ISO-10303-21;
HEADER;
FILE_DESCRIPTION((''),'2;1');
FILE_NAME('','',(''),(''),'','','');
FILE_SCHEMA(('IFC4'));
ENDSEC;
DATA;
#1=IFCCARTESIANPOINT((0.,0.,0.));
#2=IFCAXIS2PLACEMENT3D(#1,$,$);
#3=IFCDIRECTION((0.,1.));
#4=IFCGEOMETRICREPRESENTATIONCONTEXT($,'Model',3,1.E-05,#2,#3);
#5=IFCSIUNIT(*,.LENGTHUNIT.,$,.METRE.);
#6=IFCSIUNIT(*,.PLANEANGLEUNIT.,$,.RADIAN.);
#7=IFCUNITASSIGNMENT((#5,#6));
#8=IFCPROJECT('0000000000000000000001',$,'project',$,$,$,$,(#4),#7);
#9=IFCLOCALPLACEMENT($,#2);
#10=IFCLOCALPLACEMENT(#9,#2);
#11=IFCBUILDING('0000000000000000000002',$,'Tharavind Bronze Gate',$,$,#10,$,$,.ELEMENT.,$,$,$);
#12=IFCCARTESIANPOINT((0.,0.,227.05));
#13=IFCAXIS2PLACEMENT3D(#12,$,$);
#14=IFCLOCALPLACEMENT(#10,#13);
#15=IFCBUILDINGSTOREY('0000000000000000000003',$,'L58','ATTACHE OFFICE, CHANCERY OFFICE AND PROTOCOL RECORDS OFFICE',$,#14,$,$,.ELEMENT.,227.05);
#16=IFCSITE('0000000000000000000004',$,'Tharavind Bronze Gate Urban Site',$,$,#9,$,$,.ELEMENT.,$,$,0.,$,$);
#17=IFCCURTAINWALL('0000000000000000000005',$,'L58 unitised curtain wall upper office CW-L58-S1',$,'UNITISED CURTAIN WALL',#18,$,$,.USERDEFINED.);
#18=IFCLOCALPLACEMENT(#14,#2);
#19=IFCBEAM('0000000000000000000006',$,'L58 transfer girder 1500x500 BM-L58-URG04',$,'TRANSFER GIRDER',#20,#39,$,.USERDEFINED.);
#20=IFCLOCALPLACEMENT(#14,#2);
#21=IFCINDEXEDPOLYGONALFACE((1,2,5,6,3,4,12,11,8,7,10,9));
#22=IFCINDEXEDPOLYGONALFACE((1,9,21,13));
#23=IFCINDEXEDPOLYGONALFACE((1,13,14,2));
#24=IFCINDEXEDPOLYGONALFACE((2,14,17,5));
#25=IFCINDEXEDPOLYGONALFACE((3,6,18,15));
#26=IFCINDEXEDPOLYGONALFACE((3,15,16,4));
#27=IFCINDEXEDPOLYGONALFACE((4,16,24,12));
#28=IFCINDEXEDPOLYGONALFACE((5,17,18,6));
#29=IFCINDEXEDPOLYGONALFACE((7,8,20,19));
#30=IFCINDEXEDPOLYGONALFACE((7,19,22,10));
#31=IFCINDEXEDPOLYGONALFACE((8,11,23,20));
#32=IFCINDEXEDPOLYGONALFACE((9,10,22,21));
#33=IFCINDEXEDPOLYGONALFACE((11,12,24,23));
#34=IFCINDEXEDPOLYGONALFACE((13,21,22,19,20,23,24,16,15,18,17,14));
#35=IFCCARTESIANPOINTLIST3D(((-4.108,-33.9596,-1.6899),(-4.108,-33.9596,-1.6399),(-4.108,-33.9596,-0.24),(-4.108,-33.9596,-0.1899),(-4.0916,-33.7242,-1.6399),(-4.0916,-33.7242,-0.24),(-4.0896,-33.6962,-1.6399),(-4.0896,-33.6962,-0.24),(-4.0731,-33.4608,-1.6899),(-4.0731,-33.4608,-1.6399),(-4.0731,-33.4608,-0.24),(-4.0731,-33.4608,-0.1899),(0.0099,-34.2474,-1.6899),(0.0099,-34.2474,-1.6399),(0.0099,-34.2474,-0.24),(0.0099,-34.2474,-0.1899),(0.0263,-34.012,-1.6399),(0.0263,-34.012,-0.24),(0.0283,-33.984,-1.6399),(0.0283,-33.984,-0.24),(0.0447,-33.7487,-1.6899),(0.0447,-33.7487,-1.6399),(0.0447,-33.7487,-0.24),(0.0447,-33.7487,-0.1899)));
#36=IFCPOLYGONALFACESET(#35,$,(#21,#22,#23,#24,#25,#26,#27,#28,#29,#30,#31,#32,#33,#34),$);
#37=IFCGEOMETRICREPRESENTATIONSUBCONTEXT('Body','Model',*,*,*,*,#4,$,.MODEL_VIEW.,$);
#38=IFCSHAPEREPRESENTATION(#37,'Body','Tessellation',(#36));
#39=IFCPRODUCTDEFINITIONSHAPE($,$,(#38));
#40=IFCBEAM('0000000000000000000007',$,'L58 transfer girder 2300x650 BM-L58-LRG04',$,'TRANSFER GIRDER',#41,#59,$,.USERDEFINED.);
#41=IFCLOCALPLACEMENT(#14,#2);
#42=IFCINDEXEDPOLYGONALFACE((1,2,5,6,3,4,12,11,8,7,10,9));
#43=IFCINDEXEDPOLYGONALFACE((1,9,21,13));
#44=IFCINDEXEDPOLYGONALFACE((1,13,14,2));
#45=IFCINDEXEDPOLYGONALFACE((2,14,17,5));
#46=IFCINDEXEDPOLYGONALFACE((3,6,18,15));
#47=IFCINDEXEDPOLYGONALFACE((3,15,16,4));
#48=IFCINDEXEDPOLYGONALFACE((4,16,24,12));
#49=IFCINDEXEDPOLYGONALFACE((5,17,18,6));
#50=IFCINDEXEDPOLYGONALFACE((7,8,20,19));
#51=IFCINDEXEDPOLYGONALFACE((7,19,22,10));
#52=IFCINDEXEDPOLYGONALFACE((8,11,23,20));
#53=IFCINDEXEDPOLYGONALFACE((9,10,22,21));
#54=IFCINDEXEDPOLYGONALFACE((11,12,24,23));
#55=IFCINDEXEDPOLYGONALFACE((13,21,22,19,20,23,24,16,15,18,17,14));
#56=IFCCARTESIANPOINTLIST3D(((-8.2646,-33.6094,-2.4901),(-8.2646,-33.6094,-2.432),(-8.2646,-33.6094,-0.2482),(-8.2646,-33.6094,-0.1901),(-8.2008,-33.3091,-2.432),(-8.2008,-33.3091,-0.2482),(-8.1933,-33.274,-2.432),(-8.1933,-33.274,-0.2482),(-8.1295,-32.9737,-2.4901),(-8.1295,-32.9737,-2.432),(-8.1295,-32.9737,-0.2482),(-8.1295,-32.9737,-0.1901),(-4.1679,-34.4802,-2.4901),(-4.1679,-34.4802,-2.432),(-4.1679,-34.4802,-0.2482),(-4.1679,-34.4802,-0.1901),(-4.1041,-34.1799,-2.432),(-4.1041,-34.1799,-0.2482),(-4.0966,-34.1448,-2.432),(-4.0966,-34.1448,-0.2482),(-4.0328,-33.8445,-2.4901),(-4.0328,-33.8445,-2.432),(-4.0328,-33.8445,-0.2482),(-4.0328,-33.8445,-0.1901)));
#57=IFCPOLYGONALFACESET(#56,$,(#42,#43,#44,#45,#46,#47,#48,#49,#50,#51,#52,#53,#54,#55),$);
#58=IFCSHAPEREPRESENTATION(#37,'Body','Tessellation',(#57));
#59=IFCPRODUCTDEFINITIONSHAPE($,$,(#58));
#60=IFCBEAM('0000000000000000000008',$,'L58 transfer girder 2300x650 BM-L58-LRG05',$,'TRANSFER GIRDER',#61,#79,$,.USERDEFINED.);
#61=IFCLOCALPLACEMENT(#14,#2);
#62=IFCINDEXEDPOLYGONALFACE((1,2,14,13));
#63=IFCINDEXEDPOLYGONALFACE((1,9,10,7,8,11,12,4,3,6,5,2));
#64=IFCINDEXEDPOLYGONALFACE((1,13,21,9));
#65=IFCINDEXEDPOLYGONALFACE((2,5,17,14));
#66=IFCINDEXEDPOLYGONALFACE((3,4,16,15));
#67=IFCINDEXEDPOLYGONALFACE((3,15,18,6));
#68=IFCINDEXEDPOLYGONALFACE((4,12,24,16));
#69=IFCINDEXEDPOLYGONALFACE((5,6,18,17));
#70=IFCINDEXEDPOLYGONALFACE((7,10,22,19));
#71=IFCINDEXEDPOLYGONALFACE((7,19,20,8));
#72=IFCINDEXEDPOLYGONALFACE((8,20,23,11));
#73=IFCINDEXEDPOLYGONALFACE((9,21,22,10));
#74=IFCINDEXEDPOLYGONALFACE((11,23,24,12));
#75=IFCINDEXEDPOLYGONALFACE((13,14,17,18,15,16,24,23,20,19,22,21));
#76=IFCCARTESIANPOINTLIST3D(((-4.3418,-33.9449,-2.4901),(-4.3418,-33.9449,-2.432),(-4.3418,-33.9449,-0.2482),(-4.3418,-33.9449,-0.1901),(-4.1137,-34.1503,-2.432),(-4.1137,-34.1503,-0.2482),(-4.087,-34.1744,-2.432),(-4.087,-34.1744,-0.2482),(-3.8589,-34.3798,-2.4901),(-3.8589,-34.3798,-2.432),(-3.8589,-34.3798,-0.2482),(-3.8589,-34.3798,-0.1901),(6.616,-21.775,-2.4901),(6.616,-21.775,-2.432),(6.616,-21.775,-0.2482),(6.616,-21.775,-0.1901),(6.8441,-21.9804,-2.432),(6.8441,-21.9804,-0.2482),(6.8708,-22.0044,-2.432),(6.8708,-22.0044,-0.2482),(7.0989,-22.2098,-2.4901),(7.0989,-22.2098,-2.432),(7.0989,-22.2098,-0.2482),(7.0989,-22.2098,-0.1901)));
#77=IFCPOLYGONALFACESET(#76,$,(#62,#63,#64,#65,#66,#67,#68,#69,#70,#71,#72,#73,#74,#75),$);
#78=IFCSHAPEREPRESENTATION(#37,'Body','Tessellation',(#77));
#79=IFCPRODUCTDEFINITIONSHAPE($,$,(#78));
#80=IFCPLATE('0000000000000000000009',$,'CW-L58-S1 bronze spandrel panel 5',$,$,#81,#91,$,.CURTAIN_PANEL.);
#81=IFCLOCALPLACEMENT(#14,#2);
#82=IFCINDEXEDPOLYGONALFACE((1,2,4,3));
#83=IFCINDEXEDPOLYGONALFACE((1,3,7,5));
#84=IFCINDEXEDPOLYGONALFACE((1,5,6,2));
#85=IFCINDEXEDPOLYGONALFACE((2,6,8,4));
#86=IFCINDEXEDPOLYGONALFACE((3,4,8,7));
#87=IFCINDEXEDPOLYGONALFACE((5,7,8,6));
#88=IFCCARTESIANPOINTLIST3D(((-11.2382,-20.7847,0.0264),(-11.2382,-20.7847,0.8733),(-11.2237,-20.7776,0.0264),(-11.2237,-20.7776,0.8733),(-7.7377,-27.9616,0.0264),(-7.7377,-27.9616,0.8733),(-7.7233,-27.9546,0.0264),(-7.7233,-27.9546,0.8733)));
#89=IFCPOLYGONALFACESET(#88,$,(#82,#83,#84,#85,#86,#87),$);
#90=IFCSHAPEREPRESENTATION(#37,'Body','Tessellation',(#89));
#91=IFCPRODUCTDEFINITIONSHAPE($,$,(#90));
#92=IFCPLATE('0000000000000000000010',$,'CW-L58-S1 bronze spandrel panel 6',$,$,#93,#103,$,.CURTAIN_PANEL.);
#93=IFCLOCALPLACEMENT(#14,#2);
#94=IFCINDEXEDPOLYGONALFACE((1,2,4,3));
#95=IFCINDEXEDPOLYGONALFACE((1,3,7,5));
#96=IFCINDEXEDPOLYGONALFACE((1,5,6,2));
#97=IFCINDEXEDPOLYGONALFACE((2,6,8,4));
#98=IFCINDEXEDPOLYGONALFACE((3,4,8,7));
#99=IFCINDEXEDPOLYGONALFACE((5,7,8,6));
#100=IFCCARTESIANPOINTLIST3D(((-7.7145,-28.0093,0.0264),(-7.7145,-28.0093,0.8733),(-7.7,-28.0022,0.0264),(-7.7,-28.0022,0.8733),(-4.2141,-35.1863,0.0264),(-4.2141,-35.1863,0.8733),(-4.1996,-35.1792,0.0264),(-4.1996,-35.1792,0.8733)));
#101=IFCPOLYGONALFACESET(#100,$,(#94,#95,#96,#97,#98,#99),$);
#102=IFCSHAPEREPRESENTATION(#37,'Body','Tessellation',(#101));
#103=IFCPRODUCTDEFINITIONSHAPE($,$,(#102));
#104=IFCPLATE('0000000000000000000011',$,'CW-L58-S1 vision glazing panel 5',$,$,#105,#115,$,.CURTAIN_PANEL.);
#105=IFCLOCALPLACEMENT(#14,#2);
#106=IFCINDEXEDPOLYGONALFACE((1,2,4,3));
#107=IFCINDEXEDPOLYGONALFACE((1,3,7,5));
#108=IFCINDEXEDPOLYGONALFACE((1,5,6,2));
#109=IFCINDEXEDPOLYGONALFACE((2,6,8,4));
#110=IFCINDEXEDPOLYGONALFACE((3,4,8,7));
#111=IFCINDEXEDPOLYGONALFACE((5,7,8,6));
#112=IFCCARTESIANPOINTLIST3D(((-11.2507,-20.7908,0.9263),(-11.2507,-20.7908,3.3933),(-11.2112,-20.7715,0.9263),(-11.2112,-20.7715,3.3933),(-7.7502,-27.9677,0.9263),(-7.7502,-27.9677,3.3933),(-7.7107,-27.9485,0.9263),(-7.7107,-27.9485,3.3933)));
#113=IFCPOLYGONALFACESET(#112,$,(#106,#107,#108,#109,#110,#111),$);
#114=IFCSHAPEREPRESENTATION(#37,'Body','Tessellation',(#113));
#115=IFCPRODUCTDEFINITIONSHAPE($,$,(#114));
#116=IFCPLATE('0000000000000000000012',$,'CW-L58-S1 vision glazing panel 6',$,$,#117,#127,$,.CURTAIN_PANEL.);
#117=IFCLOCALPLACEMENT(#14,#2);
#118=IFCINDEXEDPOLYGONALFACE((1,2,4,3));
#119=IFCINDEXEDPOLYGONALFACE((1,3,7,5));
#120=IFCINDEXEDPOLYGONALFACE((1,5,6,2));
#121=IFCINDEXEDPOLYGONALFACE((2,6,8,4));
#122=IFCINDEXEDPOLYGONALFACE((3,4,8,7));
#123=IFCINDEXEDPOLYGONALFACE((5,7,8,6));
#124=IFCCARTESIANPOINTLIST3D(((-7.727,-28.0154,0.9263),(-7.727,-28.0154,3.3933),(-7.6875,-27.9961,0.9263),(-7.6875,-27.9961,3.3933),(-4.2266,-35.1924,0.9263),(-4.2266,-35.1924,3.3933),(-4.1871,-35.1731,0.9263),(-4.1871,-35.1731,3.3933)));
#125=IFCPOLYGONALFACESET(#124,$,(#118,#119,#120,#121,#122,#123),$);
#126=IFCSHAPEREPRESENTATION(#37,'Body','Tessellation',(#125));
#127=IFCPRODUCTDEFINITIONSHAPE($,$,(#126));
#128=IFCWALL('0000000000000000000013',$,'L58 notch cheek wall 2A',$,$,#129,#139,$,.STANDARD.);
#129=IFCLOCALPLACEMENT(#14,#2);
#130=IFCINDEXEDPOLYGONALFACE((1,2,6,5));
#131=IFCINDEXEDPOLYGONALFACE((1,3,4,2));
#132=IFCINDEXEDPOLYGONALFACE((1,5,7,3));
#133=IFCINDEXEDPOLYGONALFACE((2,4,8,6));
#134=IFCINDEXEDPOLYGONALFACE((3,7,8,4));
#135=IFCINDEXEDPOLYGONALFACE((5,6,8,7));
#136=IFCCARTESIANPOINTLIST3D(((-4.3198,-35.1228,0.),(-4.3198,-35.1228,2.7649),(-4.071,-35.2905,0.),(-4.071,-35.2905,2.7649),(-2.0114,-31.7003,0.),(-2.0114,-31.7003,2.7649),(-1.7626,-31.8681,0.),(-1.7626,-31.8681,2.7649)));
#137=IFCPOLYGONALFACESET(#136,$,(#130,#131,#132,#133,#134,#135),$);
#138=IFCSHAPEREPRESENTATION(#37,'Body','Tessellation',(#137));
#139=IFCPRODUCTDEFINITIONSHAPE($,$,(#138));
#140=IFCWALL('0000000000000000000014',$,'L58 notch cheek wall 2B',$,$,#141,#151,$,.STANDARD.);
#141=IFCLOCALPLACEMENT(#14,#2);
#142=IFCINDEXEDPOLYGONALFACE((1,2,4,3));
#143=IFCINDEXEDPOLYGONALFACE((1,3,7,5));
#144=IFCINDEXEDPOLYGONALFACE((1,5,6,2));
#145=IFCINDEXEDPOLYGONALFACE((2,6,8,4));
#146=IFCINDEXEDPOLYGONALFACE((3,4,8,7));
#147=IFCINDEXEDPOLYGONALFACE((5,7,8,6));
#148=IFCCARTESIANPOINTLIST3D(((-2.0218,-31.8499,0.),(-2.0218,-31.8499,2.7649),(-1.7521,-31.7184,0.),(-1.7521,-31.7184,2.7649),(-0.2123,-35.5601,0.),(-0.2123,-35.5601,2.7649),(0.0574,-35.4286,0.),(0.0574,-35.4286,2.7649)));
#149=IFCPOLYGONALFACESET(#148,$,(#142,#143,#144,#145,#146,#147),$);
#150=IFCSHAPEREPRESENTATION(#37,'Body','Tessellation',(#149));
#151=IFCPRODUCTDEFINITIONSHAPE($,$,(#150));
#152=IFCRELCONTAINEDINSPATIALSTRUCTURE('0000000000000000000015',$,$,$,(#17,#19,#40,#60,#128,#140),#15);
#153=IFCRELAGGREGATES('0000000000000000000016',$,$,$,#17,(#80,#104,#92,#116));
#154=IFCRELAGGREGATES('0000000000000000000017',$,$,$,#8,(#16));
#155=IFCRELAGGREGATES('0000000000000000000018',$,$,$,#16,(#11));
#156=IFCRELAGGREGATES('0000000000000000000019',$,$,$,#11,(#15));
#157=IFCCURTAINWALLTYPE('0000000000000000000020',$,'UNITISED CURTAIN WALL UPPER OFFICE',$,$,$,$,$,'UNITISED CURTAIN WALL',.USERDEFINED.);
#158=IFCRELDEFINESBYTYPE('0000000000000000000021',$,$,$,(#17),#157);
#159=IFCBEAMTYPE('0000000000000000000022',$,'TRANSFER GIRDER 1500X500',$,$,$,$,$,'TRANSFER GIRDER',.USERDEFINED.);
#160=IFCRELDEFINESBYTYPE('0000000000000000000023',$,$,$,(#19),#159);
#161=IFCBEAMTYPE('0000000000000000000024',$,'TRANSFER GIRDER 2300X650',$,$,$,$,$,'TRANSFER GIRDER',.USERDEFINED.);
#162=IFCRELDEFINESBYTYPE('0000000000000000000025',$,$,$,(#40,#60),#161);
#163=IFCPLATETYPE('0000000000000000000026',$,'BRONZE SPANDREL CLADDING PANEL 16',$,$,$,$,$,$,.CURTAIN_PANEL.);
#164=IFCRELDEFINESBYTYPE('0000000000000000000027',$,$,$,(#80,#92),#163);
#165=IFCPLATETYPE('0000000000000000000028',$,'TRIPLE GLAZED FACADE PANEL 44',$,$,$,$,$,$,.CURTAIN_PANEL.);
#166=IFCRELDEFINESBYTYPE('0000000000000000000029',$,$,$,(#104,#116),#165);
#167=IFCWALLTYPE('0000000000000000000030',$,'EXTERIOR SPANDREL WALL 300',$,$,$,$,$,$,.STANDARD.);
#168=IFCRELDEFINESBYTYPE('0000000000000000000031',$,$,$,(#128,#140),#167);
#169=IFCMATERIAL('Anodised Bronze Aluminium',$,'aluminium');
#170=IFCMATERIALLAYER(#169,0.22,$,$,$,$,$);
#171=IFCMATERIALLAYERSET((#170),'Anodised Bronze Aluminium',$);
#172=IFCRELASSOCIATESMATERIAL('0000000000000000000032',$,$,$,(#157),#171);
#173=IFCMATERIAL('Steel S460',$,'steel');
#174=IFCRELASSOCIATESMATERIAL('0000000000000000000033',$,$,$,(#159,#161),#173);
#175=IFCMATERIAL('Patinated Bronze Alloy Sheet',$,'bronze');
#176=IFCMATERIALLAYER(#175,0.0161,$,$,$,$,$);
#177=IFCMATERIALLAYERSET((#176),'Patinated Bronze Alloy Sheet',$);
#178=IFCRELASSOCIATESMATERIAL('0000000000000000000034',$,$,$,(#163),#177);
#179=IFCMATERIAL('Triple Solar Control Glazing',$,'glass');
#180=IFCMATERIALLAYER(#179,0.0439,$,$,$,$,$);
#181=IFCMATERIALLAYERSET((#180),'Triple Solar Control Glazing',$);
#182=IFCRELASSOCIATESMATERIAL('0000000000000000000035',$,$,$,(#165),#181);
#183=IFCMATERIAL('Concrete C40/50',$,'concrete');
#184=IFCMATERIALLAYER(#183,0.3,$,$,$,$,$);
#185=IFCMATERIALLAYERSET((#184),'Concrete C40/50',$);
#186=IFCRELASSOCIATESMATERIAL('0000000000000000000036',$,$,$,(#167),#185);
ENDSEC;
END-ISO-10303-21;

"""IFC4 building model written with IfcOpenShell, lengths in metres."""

from ifc_helpers import new_model, si_unit, direction, frame, frame_2d, origin, origin_2d, place, context, subcontext, project, spatial, rectangle, i_section, extrude, material, layer, layer_set, material_profile, profile_set, type_object, element, aggregate, save


model = new_model("IFC4")

# Units and contexts
model_context = context("Model", 3, precision=1e-05, world=origin(), true_north=direction((0.0, 1.0)))
body_context = subcontext(model_context, "Body", "Model", "MODEL_VIEW")
ifc_project = project(units=[si_unit("LENGTHUNIT", "METRE"), si_unit("PLANEANGLEUNIT", "RADIAN")], contexts=[model_context])

# Site, building, storey
site_placement = place(None, origin())
site = spatial("IfcSite", under=ifc_project, at=site_placement, Name="Tharavind Bronze Gate Urban Site", CompositionType="ELEMENT", RefElevation=0.0)
building_placement = place(site_placement, origin())
building = spatial("IfcBuilding", under=site, at=building_placement, Name="Tharavind Bronze Gate", CompositionType="ELEMENT")
storey_placement = place(building_placement, frame((0.0, 0.0, 227.05)))
storey = spatial("IfcBuildingStorey", under=building, at=storey_placement, Name="L58", Description="ATTACHE OFFICE, CHANCERY OFFICE AND PROTOCOL RECORDS OFFICE", CompositionType="ELEMENT", Elevation=227.05)

# Shared definitions
ifc_material_1 = material(Name="Steel S460", Category="steel")

# Curtain wall
ifc_material_2 = material(Name="Anodised Bronze Aluminium", Category="aluminium")
ifc_layer_1 = layer(ifc_material_2, 0.22)
ifc_layer_set_1 = layer_set([ifc_layer_1], Name="Anodised Bronze Aluminium")
curtain_wall_type = type_object("IfcCurtainWallType", Name="UNITISED CURTAIN WALL UPPER OFFICE", ElementType="UNITISED CURTAIN WALL", PredefinedType="USERDEFINED", material=ifc_layer_set_1)
curtain_wall_1_placement = place(storey_placement, origin())
curtain_wall_1 = element("IfcCurtainWall", 1, at=curtain_wall_1_placement, inside=storey, type_object=curtain_wall_type, Name="L58 unitised curtain wall upper office CW-L58-S1", ObjectType="UNITISED CURTAIN WALL", PredefinedType="USERDEFINED")

# Beams
ifc_material_profile_1 = material_profile(ifc_material_1, i_section(OverallWidth=0.5, OverallDepth=1.5, WebThickness=0.0281, FlangeThickness=0.05, at=origin_2d()), Name="PG1500X500")
ifc_profile_set_1 = profile_set([ifc_material_profile_1], Name="Steel S460")
beam_type_1 = type_object("IfcBeamType", Name="TRANSFER GIRDER 1500X500", ElementType="TRANSFER GIRDER", PredefinedType="USERDEFINED", material=ifc_profile_set_1)
beam_1_placement = place(storey_placement, frame((-4.0906, -33.7102, -0.9399), z_axis=(0.997566, -0.06973, 0.0), x_axis=(0.06973, 0.997566, 0.0)))
element("IfcBeam", 2, at=beam_1_placement, inside=storey, type_object=beam_type_1, Name="L58 transfer girder 1500x500 BM-L58-URG04", ObjectType="TRANSFER GIRDER", PredefinedType="USERDEFINED", context=body_context, shape_type="SweptSolid", body=[
    extrude(i_section(OverallWidth=0.5, OverallDepth=1.5, WebThickness=0.0281, FlangeThickness=0.05, at=origin_2d()), origin(), (0.0, 0.0, 1.0), 4.1279),
])
ifc_material_profile_2 = material_profile(ifc_material_1, i_section(OverallWidth=0.6499, OverallDepth=2.3, WebThickness=0.0359, FlangeThickness=0.0581, at=origin_2d()), Name="PG2300X650")
ifc_profile_set_2 = profile_set([ifc_material_profile_2], Name="Steel S460")
beam_type_2 = type_object("IfcBeamType", Name="TRANSFER GIRDER 2300X650", ElementType="TRANSFER GIRDER", PredefinedType="USERDEFINED", material=ifc_profile_set_2)
beam_2_placement = place(storey_placement, frame((-8.197, -33.2915, -1.3401), z_axis=(0.978144, -0.207928, 0.0), x_axis=(0.207928, 0.978144, 0.0)))
element("IfcBeam", 3, at=beam_2_placement, inside=storey, type_object=beam_type_2, Name="L58 transfer girder 2300x650 BM-L58-LRG04", ObjectType="TRANSFER GIRDER", PredefinedType="USERDEFINED", context=body_context, shape_type="SweptSolid", body=[
    extrude(i_section(OverallWidth=0.6499, OverallDepth=2.3, WebThickness=0.0359, FlangeThickness=0.0581, at=origin_2d()), origin(), (0.0, 0.0, 1.0), 4.1882),
])
beam_3_placement = place(storey_placement, frame((-4.1003, -34.1624, -1.3401), z_axis=(0.669128, 0.743147, 0.0), x_axis=(-0.743147, 0.669128, 0.0)))
element("IfcBeam", 4, at=beam_3_placement, inside=storey, type_object=beam_type_2, Name="L58 transfer girder 2300x650 BM-L58-LRG05", ObjectType="TRANSFER GIRDER", PredefinedType="USERDEFINED", context=body_context, shape_type="SweptSolid", body=[
    extrude(i_section(OverallWidth=0.6499, OverallDepth=2.3, WebThickness=0.0359, FlangeThickness=0.0581, at=origin_2d()), origin(), (0.0, 0.0, 1.0), 16.3762),
])

# Plates
ifc_material_3 = material(Name="Patinated Bronze Alloy Sheet", Category="bronze")
ifc_layer_2 = layer(ifc_material_3, 0.0161)
ifc_layer_set_2 = layer_set([ifc_layer_2], Name="Patinated Bronze Alloy Sheet")
plate_type_1 = type_object("IfcPlateType", Name="BRONZE SPANDREL CLADDING PANEL 16", PredefinedType="CURTAIN_PANEL", material=ifc_layer_set_2)
plate_1_placement = place(storey_placement, frame((-9.4807, -24.3696, 0.0264), z_axis=(0.0, 0.0, 1.0), x_axis=(0.438371, -0.898794, 0.0)))
plate_1 = element("IfcPlate", 5, at=plate_1_placement, type_object=plate_type_1, Name="CW-L58-S1 bronze spandrel panel 5", PredefinedType="CURTAIN_PANEL", context=body_context, shape_type="SweptSolid", body=[
    extrude(rectangle(XDim=7.9851, YDim=0.0161, at=origin_2d()), origin(), (0.0, 0.0, 1.0), 0.8469),
])
plate_2_placement = place(storey_placement, frame((-5.957, -31.5942, 0.0264), z_axis=(0.0, 0.0, 1.0), x_axis=(0.438371, -0.898794, 0.0)))
plate_2 = element("IfcPlate", 6, at=plate_2_placement, type_object=plate_type_1, Name="CW-L58-S1 bronze spandrel panel 6", PredefinedType="CURTAIN_PANEL", context=body_context, shape_type="SweptSolid", body=[
    extrude(rectangle(XDim=7.9851, YDim=0.0161, at=origin_2d()), origin(), (0.0, 0.0, 1.0), 0.8469),
])
ifc_material_4 = material(Name="Triple Solar Control Glazing", Category="glass")
ifc_layer_3 = layer(ifc_material_4, 0.0439)
ifc_layer_set_3 = layer_set([ifc_layer_3], Name="Triple Solar Control Glazing")
plate_type_2 = type_object("IfcPlateType", Name="TRIPLE GLAZED FACADE PANEL 44", PredefinedType="CURTAIN_PANEL", material=ifc_layer_set_3)
plate_3_placement = place(storey_placement, frame((-9.4807, -24.3696, 0.9263), z_axis=(0.0, 0.0, 1.0), x_axis=(0.438371, -0.898794, 0.0)))
plate_3 = element("IfcPlate", 7, at=plate_3_placement, type_object=plate_type_2, Name="CW-L58-S1 vision glazing panel 5", PredefinedType="CURTAIN_PANEL", context=body_context, shape_type="SweptSolid", body=[
    extrude(rectangle(XDim=7.9851, YDim=0.0439, at=origin_2d()), origin(), (0.0, 0.0, 1.0), 2.467),
])
plate_4_placement = place(storey_placement, frame((-5.957, -31.5942, 0.9263), z_axis=(0.0, 0.0, 1.0), x_axis=(0.438371, -0.898794, 0.0)))
plate_4 = element("IfcPlate", 8, at=plate_4_placement, type_object=plate_type_2, Name="CW-L58-S1 vision glazing panel 6", PredefinedType="CURTAIN_PANEL", context=body_context, shape_type="SweptSolid", body=[
    extrude(rectangle(XDim=7.9851, YDim=0.0439, at=origin_2d()), origin(), (0.0, 0.0, 1.0), 2.467),
])
aggregate(curtain_wall_1, [plate_1, plate_3, plate_2, plate_4])

# Walls
ifc_material_5 = material(Name="Concrete C40/50", Category="concrete")
ifc_layer_4 = layer(ifc_material_5, 0.3)
ifc_layer_set_4 = layer_set([ifc_layer_4], Name="Concrete C40/50")
wall_type = type_object("IfcWallType", Name="EXTERIOR SPANDREL WALL 300", PredefinedType="STANDARD", material=ifc_layer_set_4)
wall_1_placement = place(storey_placement, frame((-4.1953, -35.2065, 0.0), z_axis=(0.0, 0.0, 1.0), x_axis=(0.559182, 0.829045, 0.0)))
element("IfcWall", 9, at=wall_1_placement, inside=storey, type_object=wall_type, Name="L58 notch cheek wall 2A", PredefinedType="STANDARD", context=body_context, shape_type="SweptSolid", body=[
    extrude(rectangle(XDim=4.1282, YDim=0.3, at=frame_2d((2.064, 0.0))), origin(), (0.0, 0.0, 1.0), 2.7649),
])
wall_2_placement = place(storey_placement, frame((-1.887, -31.7842, 0.0), z_axis=(0.0, 0.0, 1.0), x_axis=(0.438368, -0.898796, 0.0)))
element("IfcWall", 10, at=wall_2_placement, inside=storey, type_object=wall_type, Name="L58 notch cheek wall 2B", PredefinedType="STANDARD", context=body_context, shape_type="SweptSolid", body=[
    extrude(rectangle(XDim=4.1279, YDim=0.3, at=frame_2d((2.064, 0.0))), origin(), (0.0, 0.0, 1.0), 2.7649),
])

save(model, "model.ifc")
